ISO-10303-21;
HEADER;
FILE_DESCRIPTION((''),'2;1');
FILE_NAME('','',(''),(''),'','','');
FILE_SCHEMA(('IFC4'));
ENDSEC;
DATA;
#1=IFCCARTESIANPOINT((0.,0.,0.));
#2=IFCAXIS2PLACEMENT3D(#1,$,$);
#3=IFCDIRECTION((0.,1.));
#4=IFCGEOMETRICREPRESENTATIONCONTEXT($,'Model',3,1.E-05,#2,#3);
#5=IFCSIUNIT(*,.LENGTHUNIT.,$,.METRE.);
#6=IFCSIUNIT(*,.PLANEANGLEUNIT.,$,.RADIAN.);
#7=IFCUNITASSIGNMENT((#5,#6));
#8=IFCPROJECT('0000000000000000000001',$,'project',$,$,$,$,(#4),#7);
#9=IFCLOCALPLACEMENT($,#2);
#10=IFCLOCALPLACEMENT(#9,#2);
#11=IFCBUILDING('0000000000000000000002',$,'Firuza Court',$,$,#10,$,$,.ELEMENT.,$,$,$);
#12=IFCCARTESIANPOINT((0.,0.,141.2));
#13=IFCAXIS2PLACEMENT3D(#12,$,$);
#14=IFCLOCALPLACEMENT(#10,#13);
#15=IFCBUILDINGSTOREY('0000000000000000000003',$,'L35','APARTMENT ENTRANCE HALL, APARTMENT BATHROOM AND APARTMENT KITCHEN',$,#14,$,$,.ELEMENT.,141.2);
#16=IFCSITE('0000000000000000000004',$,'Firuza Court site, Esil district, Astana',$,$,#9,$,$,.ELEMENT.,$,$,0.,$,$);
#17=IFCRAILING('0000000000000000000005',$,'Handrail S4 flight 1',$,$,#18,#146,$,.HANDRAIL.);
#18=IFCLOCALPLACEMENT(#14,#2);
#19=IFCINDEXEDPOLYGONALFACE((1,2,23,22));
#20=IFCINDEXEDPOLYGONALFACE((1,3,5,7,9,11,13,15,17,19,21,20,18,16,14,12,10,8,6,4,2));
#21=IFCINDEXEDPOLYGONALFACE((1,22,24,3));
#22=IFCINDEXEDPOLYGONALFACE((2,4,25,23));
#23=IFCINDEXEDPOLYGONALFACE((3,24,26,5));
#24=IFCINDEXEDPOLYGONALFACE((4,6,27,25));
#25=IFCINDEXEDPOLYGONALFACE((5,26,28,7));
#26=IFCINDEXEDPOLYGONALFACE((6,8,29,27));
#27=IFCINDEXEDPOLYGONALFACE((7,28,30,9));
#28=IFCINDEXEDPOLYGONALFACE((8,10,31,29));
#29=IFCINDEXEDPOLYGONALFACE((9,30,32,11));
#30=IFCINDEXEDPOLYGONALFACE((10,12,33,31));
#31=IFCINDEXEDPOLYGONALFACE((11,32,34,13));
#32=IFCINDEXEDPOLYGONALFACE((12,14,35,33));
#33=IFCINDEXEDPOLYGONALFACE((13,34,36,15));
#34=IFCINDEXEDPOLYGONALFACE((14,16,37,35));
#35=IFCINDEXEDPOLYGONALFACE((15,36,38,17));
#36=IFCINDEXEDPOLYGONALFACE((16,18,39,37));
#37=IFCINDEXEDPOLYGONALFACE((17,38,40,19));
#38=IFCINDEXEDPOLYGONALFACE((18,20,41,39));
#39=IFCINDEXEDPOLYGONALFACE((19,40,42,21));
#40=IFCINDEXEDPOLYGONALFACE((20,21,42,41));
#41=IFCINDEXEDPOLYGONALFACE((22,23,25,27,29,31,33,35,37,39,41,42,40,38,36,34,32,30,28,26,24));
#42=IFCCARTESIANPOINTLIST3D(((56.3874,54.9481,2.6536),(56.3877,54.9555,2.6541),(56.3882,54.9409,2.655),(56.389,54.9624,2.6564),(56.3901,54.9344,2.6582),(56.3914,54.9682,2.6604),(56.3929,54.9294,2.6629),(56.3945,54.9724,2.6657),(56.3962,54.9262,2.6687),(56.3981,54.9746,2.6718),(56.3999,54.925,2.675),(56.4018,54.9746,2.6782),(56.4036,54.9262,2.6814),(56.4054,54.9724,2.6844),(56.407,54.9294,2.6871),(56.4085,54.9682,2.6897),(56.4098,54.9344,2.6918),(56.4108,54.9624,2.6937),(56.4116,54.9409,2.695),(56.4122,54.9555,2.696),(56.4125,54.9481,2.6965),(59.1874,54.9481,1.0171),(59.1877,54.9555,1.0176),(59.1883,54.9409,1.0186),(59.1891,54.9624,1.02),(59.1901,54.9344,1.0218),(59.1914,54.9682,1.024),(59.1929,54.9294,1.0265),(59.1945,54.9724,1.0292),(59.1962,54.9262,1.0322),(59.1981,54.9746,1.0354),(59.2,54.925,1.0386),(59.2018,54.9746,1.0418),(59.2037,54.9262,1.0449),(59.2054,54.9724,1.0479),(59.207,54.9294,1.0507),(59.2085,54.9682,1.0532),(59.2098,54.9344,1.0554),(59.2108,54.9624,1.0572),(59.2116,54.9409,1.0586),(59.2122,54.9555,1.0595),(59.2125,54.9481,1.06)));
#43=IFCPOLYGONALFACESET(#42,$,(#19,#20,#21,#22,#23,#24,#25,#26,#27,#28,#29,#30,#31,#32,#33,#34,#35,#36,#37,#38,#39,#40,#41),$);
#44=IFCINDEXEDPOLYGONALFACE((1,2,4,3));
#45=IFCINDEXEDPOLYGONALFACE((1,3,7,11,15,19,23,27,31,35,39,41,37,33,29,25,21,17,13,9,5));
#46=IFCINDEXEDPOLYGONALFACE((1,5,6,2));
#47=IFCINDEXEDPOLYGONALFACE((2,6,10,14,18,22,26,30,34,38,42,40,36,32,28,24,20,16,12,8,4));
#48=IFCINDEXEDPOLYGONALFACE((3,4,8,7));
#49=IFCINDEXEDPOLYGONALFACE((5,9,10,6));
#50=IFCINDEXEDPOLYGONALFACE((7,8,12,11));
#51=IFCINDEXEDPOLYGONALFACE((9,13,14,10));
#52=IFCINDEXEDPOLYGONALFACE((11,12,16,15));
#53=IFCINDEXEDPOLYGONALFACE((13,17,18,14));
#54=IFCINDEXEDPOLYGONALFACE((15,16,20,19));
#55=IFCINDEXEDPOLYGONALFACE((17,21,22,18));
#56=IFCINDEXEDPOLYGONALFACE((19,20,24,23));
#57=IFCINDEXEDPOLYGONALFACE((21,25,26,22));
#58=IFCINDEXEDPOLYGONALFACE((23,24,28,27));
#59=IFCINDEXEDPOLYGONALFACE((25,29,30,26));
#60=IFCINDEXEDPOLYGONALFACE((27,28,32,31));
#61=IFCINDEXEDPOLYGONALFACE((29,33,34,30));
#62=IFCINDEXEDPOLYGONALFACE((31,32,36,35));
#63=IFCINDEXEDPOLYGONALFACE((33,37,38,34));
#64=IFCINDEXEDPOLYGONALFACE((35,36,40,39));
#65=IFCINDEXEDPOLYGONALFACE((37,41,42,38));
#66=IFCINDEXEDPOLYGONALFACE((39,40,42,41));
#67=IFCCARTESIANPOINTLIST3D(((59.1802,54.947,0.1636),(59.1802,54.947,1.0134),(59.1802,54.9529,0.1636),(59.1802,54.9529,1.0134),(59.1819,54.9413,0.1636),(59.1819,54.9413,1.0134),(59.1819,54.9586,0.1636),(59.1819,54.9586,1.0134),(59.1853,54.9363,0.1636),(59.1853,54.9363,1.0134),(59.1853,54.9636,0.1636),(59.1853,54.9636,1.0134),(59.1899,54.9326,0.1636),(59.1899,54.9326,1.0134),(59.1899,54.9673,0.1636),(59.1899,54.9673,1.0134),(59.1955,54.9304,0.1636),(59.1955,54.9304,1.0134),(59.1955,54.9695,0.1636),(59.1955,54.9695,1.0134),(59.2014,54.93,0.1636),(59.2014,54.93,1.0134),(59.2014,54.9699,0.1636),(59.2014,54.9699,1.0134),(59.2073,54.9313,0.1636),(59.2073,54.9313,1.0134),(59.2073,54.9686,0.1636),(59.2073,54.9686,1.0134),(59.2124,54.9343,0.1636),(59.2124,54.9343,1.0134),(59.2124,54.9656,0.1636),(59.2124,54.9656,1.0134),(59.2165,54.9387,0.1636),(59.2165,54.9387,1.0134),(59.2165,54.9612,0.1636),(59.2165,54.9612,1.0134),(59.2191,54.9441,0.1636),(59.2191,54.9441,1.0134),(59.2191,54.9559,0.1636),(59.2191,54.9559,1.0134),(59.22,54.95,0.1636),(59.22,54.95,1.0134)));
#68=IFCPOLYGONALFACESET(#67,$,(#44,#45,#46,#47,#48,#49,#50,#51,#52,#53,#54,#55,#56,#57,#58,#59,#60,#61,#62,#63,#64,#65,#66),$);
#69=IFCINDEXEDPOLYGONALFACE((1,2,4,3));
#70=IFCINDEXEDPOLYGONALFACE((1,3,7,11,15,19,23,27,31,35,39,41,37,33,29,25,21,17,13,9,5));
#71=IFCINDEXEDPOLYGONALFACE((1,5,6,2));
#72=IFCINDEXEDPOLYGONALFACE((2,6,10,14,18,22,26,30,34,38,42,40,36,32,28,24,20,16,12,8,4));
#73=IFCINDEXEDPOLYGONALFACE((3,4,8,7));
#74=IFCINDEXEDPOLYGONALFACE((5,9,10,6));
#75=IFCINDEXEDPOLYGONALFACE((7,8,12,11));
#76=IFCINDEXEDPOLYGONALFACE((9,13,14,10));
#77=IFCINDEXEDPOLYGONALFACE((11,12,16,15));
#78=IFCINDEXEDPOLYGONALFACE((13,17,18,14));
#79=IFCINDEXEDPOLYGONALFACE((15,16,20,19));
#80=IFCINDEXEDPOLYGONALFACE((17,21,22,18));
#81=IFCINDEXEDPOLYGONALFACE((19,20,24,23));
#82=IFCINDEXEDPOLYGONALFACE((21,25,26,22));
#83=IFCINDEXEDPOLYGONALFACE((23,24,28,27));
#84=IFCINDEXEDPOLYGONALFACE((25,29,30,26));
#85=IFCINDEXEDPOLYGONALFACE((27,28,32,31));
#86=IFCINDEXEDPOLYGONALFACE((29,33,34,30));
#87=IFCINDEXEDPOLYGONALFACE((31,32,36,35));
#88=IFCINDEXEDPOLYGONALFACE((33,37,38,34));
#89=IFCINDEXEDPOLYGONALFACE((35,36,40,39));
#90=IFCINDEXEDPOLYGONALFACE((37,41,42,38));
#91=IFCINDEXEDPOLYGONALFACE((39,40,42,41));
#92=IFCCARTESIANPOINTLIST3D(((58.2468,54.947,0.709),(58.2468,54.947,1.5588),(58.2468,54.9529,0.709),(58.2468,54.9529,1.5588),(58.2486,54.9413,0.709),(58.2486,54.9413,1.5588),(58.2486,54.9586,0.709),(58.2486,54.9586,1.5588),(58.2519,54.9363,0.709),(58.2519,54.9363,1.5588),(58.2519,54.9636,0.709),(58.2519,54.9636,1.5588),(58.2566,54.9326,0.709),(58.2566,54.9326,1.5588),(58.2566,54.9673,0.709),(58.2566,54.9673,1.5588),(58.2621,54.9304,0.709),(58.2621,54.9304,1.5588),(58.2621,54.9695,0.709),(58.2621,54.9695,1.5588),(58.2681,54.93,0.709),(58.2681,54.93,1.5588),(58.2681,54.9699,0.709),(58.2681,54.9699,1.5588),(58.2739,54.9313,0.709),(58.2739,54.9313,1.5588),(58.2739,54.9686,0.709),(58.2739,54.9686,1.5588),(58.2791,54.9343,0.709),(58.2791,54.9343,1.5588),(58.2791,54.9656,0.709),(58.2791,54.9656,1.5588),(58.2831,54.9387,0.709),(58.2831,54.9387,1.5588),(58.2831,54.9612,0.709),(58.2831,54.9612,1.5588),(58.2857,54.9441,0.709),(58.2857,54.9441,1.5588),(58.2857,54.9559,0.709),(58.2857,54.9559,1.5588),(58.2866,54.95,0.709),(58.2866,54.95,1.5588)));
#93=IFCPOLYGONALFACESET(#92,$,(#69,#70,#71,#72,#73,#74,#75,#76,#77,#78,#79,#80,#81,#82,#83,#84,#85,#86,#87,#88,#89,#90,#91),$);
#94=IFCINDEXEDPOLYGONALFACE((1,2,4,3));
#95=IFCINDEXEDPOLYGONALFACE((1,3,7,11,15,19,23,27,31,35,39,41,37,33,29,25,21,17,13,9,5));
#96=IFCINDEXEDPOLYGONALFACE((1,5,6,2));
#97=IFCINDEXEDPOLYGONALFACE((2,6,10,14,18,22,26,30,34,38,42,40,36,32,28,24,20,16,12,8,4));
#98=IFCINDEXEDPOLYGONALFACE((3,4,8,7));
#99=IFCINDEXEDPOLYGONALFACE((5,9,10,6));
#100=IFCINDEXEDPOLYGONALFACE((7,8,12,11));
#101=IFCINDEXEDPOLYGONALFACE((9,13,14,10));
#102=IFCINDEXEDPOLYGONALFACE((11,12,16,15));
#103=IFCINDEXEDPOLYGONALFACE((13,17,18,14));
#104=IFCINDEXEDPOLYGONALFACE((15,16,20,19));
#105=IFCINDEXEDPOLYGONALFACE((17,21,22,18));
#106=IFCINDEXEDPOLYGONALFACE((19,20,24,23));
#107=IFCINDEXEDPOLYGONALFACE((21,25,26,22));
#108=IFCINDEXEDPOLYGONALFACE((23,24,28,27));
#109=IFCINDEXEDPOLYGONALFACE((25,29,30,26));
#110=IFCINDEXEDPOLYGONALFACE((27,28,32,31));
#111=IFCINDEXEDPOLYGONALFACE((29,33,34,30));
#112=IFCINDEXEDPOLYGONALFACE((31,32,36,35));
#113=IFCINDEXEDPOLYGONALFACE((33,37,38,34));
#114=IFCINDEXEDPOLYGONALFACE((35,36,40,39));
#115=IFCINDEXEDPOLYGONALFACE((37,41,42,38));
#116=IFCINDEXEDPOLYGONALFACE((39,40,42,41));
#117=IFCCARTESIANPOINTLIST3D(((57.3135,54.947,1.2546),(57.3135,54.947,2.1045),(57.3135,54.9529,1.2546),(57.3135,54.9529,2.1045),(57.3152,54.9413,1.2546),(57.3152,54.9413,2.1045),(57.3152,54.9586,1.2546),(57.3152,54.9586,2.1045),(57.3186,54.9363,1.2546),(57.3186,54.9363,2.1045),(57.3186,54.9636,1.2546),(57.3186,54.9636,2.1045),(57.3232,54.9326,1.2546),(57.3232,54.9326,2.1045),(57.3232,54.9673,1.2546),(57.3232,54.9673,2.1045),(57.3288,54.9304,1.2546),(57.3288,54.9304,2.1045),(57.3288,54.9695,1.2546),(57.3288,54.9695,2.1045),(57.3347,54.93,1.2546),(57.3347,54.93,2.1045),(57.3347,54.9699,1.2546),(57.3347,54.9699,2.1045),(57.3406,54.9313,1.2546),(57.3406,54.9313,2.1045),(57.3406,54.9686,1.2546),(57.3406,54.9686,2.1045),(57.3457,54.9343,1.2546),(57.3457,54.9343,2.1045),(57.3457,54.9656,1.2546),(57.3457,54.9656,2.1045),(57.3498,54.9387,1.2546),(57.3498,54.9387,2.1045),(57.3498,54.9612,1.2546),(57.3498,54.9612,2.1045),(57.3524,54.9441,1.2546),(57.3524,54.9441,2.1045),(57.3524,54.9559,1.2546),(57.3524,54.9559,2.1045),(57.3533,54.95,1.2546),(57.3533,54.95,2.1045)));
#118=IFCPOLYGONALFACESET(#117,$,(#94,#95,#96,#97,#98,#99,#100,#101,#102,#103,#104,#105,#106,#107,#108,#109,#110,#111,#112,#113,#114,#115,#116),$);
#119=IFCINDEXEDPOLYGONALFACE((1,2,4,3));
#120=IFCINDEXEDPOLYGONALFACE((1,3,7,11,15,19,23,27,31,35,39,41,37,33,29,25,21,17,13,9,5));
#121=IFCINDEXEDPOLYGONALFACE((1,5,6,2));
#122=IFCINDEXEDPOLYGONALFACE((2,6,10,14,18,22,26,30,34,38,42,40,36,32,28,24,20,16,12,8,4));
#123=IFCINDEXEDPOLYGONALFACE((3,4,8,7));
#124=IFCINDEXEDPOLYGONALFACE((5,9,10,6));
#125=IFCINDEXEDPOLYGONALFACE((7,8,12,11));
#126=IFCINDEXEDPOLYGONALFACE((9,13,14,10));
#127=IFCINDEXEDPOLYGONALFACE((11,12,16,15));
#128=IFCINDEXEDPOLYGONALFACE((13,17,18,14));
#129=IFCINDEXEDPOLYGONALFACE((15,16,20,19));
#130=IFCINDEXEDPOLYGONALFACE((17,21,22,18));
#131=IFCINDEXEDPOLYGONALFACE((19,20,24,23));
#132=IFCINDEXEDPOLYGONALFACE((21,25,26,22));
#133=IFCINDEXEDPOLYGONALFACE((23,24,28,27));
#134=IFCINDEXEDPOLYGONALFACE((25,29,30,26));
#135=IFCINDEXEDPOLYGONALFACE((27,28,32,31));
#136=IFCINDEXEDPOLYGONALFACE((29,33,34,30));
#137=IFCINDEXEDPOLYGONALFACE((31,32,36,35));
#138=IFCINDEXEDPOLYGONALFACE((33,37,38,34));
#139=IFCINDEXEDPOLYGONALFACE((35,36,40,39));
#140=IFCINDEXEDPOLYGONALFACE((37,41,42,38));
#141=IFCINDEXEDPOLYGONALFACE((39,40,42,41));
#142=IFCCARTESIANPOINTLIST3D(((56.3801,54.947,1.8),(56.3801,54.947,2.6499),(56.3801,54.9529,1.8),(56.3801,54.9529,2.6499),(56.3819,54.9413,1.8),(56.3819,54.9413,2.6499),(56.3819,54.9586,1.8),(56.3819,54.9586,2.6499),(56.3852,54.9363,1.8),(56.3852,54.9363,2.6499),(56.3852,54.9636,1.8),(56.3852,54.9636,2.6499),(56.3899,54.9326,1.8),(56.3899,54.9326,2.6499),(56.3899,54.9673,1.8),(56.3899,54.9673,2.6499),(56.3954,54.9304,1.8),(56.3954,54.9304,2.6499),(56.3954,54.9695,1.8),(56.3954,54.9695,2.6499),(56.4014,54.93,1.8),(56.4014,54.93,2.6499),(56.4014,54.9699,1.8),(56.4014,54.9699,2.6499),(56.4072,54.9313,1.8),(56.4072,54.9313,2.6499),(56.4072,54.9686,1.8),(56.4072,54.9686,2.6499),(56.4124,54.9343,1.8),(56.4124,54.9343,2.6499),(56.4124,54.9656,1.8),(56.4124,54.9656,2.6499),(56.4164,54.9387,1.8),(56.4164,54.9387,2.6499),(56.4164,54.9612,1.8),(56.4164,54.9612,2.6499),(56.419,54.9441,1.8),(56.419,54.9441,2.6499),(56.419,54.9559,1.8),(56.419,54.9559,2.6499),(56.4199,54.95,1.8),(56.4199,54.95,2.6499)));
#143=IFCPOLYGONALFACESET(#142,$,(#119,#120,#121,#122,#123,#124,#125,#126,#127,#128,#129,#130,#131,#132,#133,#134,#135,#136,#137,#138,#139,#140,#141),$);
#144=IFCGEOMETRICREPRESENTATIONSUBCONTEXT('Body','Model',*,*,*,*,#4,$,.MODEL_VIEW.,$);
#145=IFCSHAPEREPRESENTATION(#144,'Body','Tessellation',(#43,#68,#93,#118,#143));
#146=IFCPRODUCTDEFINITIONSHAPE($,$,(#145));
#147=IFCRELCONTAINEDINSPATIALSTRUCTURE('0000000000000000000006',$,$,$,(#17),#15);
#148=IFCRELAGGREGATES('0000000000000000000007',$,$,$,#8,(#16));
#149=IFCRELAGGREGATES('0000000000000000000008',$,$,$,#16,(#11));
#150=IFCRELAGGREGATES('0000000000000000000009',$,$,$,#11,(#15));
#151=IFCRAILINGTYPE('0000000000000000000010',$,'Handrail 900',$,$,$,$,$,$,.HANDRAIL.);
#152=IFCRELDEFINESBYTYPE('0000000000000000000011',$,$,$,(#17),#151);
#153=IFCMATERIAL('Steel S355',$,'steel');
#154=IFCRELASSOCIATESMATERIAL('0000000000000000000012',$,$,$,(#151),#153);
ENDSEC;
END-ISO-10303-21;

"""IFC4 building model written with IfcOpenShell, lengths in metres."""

from ifc_helpers import new_model, si_unit, direction, frame, origin, origin_2d, place, context, subcontext, project, spatial, circle, extrude, material, type_object, element, save


model = new_model("IFC4")

# Units and contexts
model_context = context("Model", 3, precision=1e-05, world=origin(), true_north=direction((0.0, 1.0)))
body_context = subcontext(model_context, "Body", "Model", "MODEL_VIEW")
ifc_project = project(units=[si_unit("LENGTHUNIT", "METRE"), si_unit("PLANEANGLEUNIT", "RADIAN")], contexts=[model_context])

# Site, building, storey
site_placement = place(None, origin())
site = spatial("IfcSite", under=ifc_project, at=site_placement, Name="Firuza Court site, Esil district, Astana", CompositionType="ELEMENT", RefElevation=0.0)
building_placement = place(site_placement, origin())
building = spatial("IfcBuilding", under=site, at=building_placement, Name="Firuza Court", CompositionType="ELEMENT")
storey_placement = place(building_placement, frame((0.0, 0.0, 141.2)))
storey = spatial("IfcBuildingStorey", under=building, at=storey_placement, Name="L35", Description="APARTMENT ENTRANCE HALL, APARTMENT BATHROOM AND APARTMENT KITCHEN", CompositionType="ELEMENT", Elevation=141.2)

# Railing
ifc_material_1 = material(Name="Steel S355", Category="steel")
railing_type_1 = type_object("IfcRailingType", Name="Handrail 900", PredefinedType="HANDRAIL", material=ifc_material_1)
railing_1_placement = place(storey_placement, frame((59.2, 54.95, 0.1636)))
element("IfcRailing", 1, at=railing_1_placement, inside=storey, type_object=railing_type_1, Name="Handrail S4 flight 1", PredefinedType="HANDRAIL", context=body_context, shape_type="SweptSolid", body=[
    extrude(circle(Radius=0.0249, at=origin_2d()), frame((0.0, 0.0, 0.875), z_axis=(-0.863361, 0.0, 0.504587), x_axis=(0.0, -1.0, 0.0)), (0.0, 0.0, 1.0), 3.2432),
    extrude(circle(Radius=0.02, at=origin_2d()), origin(), (0.0, 0.0, 1.0), 0.8499),
    extrude(circle(Radius=0.02, at=origin_2d()), frame((-0.9333, 0.0, 0.5454)), (0.0, 0.0, 1.0), 0.8499),
    extrude(circle(Radius=0.02, at=origin_2d()), frame((-1.8667, 0.0, 1.0911)), (0.0, 0.0, 1.0), 0.8499),
    extrude(circle(Radius=0.02, at=origin_2d()), frame((-2.8, 0.0, 1.6365)), (0.0, 0.0, 1.0), 0.8499),
])

save(model, "model.ifc")
